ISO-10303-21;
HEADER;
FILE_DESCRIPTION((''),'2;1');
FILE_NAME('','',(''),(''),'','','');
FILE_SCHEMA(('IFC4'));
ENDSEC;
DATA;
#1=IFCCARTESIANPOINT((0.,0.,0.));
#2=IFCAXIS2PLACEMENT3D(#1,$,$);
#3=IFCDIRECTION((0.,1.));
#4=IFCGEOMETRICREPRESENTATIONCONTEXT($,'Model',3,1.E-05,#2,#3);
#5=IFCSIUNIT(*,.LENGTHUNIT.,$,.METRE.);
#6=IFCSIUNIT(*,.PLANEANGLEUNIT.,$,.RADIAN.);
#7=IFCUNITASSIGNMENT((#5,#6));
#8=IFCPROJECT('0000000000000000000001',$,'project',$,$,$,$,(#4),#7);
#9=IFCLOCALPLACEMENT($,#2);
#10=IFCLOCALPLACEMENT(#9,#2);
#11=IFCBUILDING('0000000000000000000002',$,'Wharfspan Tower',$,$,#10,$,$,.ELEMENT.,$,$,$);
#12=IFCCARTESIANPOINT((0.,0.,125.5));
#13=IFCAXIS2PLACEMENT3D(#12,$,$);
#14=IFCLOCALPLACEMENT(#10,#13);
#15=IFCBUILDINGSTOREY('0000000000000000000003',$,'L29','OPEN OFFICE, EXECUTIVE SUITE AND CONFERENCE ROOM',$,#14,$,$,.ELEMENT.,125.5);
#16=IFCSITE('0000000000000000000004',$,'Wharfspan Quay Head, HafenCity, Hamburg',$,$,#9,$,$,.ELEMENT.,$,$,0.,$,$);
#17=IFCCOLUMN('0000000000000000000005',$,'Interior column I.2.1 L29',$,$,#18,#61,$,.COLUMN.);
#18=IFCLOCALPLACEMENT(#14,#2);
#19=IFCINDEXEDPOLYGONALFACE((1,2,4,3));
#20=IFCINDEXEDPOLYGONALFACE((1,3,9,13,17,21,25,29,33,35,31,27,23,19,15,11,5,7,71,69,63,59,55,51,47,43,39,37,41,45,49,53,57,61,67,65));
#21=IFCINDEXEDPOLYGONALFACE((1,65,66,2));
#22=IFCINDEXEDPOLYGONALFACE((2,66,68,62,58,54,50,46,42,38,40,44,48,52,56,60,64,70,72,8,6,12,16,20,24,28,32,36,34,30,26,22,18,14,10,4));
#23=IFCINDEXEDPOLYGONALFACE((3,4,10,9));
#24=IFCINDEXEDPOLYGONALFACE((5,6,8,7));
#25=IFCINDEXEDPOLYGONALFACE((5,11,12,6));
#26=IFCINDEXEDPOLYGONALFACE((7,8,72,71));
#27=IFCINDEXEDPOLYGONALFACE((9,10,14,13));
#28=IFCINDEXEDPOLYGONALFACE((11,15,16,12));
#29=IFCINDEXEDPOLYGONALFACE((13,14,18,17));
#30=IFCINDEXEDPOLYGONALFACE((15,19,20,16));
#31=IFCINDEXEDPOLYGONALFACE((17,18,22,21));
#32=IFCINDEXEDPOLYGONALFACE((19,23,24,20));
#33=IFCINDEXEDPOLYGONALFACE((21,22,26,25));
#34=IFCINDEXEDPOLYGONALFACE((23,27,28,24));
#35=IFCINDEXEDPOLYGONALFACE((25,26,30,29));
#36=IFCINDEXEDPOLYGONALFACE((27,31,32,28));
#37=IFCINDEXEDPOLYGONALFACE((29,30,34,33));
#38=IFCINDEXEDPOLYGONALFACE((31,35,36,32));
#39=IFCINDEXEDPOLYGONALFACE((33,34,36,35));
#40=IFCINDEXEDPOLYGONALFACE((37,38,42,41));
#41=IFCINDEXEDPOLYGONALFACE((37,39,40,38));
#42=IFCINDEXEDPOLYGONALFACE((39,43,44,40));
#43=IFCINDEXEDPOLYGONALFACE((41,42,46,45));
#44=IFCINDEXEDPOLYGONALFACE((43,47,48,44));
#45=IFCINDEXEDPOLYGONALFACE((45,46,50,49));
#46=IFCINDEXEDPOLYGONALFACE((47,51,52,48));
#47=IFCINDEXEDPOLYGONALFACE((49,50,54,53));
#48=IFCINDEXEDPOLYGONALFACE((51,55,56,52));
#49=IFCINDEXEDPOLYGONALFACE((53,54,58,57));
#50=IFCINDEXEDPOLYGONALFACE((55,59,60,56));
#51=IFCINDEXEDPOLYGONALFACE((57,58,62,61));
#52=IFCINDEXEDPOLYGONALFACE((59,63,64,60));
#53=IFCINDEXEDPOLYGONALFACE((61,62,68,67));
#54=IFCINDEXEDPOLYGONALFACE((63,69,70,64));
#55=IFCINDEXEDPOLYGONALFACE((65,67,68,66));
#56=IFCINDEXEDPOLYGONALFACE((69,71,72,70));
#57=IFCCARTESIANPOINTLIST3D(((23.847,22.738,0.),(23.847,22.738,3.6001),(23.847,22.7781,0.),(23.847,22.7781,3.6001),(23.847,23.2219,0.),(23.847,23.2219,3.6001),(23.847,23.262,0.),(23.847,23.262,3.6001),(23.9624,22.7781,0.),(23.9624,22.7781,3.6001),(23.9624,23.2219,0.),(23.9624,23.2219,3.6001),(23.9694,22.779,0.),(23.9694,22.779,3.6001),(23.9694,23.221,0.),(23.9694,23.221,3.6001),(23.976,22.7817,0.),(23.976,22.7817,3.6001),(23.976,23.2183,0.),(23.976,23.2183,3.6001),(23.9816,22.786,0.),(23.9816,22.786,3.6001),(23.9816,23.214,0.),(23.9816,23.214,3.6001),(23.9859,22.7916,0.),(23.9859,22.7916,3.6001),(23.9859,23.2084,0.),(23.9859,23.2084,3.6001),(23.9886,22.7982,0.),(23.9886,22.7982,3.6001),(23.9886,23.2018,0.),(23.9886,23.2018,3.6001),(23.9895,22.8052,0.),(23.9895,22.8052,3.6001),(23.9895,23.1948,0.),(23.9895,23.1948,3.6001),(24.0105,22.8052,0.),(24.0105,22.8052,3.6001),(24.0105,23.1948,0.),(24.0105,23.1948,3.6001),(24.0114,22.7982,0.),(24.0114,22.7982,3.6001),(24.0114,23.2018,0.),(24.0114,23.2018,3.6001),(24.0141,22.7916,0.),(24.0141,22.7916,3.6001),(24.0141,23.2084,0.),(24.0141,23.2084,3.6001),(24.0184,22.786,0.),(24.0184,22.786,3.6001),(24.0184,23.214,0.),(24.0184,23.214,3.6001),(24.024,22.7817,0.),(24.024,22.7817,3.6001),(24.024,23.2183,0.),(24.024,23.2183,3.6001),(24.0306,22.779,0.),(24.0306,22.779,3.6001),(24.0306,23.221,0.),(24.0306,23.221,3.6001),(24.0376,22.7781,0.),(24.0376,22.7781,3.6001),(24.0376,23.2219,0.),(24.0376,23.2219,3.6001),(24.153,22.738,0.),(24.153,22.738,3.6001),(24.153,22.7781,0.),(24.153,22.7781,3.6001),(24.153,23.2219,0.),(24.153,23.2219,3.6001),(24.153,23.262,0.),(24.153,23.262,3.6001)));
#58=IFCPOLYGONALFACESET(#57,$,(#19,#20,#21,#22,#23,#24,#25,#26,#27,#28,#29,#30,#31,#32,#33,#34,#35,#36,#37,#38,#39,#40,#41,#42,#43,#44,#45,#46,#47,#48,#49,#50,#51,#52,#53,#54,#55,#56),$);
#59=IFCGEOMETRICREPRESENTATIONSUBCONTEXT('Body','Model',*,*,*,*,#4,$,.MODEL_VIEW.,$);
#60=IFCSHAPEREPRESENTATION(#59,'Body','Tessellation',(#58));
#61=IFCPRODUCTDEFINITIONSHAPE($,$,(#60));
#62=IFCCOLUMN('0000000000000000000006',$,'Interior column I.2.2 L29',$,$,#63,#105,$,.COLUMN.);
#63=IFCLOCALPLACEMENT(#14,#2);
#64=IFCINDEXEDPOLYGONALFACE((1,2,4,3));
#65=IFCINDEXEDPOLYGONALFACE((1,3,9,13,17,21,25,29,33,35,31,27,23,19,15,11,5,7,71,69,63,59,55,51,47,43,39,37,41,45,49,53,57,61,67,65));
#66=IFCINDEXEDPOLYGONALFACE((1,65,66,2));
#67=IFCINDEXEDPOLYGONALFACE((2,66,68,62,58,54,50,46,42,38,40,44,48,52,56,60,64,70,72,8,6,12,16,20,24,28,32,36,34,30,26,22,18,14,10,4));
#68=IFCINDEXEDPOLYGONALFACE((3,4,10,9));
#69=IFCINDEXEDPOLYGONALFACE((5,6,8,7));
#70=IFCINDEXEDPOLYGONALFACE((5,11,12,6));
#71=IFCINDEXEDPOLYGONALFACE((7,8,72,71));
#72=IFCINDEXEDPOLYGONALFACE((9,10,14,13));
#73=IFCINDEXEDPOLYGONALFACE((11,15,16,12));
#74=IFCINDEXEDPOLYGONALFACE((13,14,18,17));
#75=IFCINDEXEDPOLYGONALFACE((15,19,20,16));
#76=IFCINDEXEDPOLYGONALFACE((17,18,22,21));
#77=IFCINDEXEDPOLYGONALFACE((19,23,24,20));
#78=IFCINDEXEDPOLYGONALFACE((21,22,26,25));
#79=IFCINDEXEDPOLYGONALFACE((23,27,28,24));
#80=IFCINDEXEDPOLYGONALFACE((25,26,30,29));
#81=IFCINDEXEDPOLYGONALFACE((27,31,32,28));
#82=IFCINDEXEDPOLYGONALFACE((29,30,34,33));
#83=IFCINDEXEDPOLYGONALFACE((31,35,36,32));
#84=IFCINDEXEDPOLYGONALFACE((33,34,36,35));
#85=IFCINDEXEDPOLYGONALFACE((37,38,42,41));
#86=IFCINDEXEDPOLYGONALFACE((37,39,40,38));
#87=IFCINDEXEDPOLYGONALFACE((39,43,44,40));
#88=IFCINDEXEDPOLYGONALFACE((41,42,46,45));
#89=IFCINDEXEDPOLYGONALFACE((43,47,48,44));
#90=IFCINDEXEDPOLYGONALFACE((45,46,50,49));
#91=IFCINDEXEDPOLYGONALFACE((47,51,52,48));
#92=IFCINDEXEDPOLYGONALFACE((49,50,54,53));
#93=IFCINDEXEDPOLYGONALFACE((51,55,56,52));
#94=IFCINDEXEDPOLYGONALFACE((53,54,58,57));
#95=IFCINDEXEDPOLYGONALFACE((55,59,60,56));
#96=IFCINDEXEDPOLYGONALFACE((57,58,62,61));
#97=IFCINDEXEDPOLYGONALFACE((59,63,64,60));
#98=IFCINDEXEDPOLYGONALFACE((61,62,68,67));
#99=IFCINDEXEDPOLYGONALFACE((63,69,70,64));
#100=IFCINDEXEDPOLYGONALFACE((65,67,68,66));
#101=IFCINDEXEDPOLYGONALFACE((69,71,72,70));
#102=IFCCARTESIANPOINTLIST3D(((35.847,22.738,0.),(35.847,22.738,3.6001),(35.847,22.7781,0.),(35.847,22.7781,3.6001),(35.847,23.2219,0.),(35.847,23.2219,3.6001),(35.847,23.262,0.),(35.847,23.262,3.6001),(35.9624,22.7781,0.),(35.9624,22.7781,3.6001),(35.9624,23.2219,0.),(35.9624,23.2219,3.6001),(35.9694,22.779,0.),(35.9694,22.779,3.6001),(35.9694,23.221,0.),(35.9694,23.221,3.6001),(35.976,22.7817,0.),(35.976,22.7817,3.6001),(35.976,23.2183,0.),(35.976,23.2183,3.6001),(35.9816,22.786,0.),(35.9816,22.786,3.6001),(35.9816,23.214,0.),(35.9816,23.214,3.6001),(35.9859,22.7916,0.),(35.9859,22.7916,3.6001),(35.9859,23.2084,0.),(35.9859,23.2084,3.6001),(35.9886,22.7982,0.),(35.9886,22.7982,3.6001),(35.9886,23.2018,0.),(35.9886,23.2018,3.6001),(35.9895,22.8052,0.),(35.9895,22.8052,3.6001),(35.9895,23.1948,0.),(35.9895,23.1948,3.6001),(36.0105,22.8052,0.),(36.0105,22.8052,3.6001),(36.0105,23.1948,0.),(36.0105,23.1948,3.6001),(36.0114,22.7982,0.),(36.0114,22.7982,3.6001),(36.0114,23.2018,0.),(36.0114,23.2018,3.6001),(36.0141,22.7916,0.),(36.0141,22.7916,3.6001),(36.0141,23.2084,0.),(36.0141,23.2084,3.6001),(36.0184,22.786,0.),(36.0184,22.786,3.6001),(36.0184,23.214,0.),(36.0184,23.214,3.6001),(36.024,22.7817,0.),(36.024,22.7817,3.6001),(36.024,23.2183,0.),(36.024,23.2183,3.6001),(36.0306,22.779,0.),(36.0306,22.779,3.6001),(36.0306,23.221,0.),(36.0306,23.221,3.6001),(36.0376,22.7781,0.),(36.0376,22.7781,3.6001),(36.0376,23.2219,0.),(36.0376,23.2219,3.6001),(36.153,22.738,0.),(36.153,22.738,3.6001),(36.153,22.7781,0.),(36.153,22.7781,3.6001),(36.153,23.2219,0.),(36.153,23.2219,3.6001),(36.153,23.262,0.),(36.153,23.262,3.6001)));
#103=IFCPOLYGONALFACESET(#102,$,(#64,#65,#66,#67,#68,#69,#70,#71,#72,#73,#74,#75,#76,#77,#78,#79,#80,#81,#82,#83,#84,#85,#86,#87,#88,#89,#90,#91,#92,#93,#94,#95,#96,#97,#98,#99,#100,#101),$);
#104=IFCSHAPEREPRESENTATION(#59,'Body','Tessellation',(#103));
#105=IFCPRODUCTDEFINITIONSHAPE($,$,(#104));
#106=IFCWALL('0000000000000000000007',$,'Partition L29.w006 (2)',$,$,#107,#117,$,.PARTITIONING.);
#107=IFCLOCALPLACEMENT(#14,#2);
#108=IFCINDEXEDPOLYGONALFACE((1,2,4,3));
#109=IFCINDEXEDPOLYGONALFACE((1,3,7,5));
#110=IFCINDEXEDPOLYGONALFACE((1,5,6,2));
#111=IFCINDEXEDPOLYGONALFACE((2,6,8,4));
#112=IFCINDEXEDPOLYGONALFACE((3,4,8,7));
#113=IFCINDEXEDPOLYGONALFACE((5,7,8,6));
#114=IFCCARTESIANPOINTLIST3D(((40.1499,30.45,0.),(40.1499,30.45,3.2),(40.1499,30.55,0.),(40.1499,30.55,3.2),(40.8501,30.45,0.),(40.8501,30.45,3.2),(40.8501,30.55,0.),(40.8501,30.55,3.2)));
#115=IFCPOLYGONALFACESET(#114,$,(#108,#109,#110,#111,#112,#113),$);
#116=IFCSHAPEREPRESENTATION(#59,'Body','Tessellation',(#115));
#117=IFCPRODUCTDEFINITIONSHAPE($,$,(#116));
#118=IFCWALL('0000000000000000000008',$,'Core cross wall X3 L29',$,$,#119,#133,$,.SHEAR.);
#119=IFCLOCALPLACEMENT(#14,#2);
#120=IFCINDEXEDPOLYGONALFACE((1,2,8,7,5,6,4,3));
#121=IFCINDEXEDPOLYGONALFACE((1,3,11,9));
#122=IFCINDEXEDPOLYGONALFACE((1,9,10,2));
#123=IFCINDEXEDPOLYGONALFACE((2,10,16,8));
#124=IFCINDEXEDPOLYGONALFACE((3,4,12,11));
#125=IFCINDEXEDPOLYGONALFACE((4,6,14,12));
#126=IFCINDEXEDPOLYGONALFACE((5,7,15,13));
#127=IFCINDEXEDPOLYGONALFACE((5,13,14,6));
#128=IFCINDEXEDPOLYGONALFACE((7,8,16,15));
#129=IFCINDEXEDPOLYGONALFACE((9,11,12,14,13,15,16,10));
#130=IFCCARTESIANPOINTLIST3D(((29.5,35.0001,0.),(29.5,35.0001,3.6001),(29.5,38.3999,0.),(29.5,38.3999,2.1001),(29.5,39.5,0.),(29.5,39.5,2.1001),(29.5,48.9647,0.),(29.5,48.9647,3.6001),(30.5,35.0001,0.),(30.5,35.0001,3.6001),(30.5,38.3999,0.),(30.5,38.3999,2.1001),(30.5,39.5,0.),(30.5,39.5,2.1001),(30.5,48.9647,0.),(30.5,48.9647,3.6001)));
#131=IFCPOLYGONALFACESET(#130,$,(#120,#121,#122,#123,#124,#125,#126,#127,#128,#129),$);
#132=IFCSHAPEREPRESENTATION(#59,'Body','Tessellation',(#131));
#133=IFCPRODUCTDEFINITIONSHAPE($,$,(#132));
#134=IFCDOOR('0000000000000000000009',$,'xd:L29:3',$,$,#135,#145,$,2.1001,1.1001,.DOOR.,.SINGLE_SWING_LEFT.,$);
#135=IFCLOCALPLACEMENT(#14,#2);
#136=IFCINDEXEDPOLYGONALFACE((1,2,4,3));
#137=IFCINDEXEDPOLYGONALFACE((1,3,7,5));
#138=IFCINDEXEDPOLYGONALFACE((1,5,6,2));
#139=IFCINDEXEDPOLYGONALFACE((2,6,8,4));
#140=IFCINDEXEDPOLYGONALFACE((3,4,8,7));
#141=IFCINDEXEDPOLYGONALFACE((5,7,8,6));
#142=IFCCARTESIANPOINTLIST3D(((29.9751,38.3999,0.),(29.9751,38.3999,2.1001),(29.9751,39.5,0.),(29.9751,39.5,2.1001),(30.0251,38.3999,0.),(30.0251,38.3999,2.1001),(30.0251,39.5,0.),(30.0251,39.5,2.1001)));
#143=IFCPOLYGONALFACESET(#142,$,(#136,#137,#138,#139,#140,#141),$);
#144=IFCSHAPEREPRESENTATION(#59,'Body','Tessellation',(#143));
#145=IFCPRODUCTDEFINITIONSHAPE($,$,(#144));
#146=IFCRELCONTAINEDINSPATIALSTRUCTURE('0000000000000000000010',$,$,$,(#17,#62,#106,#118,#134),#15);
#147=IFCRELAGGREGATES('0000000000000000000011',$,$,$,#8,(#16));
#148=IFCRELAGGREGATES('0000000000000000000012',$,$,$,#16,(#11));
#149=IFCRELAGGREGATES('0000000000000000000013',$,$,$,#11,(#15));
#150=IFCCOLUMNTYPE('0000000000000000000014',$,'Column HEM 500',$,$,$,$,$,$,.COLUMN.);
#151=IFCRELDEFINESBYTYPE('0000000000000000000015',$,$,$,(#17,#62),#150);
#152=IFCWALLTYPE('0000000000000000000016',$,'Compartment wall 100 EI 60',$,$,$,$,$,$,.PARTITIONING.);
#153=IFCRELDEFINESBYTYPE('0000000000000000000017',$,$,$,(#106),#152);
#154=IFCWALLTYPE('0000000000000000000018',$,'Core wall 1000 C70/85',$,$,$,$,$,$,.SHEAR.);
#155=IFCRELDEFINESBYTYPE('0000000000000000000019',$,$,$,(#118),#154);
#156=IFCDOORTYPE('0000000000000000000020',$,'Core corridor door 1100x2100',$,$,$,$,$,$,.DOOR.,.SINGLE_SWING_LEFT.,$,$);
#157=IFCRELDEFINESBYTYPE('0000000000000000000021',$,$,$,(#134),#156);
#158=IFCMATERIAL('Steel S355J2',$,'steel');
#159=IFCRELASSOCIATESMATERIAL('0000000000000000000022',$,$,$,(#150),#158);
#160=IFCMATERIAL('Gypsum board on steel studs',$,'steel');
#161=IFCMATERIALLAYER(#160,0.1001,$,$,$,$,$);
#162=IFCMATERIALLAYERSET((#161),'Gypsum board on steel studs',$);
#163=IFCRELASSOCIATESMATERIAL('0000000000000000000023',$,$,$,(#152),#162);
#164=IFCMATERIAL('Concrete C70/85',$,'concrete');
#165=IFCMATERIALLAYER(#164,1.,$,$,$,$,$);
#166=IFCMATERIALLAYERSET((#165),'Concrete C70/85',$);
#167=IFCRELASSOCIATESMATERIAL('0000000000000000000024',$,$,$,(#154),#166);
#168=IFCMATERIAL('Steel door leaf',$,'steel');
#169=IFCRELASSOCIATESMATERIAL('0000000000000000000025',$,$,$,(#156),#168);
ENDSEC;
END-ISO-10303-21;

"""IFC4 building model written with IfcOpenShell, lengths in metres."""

from ifc_helpers import new_model, si_unit, direction, frame, frame_2d, origin, origin_2d, place, context, subcontext, project, spatial, rectangle, i_section, extrude, material, layer, layer_set, material_profile, profile_set, type_object, element, fill, save


model = new_model("IFC4")

# Units and contexts
model_context = context("Model", 3, precision=1e-05, world=origin(), true_north=direction((0.0, 1.0)))
body_context = subcontext(model_context, "Body", "Model", "MODEL_VIEW")
ifc_project = project(units=[si_unit("LENGTHUNIT", "METRE"), si_unit("PLANEANGLEUNIT", "RADIAN")], contexts=[model_context])

# Site, building, storey
site_placement = place(None, origin())
site = spatial("IfcSite", under=ifc_project, at=site_placement, Name="Wharfspan Quay Head, HafenCity, Hamburg", CompositionType="ELEMENT", RefElevation=0.0)
building_placement = place(site_placement, origin())
building = spatial("IfcBuilding", under=site, at=building_placement, Name="Wharfspan Tower", CompositionType="ELEMENT")
storey_placement = place(building_placement, frame((0.0, 0.0, 125.5)))
storey = spatial("IfcBuildingStorey", under=building, at=storey_placement, Name="L29", Description="OPEN OFFICE, EXECUTIVE SUITE AND CONFERENCE ROOM", CompositionType="ELEMENT", Elevation=125.5)

# Columns
ifc_material_1 = material(Name="Steel S355J2", Category="steel")
ifc_material_profile = material_profile(ifc_material_1, i_section(OverallWidth=0.3059, OverallDepth=0.5239, WebThickness=0.021, FlangeThickness=0.04, FilletRadius=0.0271, at=origin_2d()))
ifc_profile_set = profile_set([ifc_material_profile], Name="Steel S355J2")
column_type = type_object("IfcColumnType", Name="Column HEM 500", PredefinedType="COLUMN", material=ifc_profile_set)
for number, where, z_axis, x_axis, name in (
    (1, (24.0, 23.0, 0.0), (0.0, 0.0, 1.0), (1.0, 0.0, 0.0), "Interior column I.2.1 L29"),
    (2, (36.0, 23.0, 0.0), (0.0, 0.0, 1.0), (1.0, 0.0, 0.0), "Interior column I.2.2 L29"),
):
    element("IfcColumn", number, at=place(storey_placement, frame(where, z_axis=z_axis, x_axis=x_axis)), inside=storey, type_object=column_type, Name=name, PredefinedType="COLUMN", context=body_context, shape_type="SweptSolid", body=[
        extrude(i_section(OverallWidth=0.3059, OverallDepth=0.5239, WebThickness=0.021, FlangeThickness=0.04, FilletRadius=0.0271, at=origin_2d()), origin(), (0.0, 0.0, 1.0), 3.6001),
    ])

# Wall
ifc_material_2 = material(Name="Gypsum board on steel studs", Category="steel")
ifc_layer_1 = layer(ifc_material_2, 0.1001)
ifc_layer_set_1 = layer_set([ifc_layer_1], Name="Gypsum board on steel studs")
wall_type_1 = type_object("IfcWallType", Name="Compartment wall 100 EI 60", PredefinedType="PARTITIONING", material=ifc_layer_set_1)
wall_1_placement = place(storey_placement, frame((40.1499, 30.5, 0.0), z_axis=(0.0, 0.0, 1.0), x_axis=(1.0, 0.0, 0.0)))
element("IfcWall", 3, at=wall_1_placement, inside=storey, type_object=wall_type_1, Name="Partition L29.w006 (2)", PredefinedType="PARTITIONING", context=body_context, shape_type="SweptSolid", body=[
    extrude(rectangle(XDim=0.7002, YDim=0.1001, at=frame_2d((0.3501, 0.0))), origin(), (0.0, 0.0, 1.0), 3.2),
])

# Wall, opening, door
ifc_material_3 = material(Name="Concrete C70/85", Category="concrete")
ifc_layer_2 = layer(ifc_material_3, 1.0)
ifc_layer_set_2 = layer_set([ifc_layer_2], Name="Concrete C70/85")
wall_type_2 = type_object("IfcWallType", Name="Core wall 1000 C70/85", PredefinedType="SHEAR", material=ifc_layer_set_2)
wall_2_placement = place(storey_placement, frame((30.0, 35.0, 0.0), z_axis=(0.0, 0.0, 1.0), x_axis=(0.0, 1.0, 0.0)))
wall_2 = element("IfcWall", 4, at=wall_2_placement, inside=storey, type_object=wall_type_2, Name="Core cross wall X3 L29", PredefinedType="SHEAR", context=body_context, shape_type="SweptSolid", body=[
    extrude(rectangle(XDim=13.9646, YDim=1.0, at=frame_2d((6.9824, 0.0))), origin(), (0.0, 0.0, 1.0), 3.6001),
])
opening_1_placement = place(wall_2_placement, frame((3.3999, 0.0, 0.0)))
opening_1 = element("IfcOpeningElement", 5, at=opening_1_placement, cuts=wall_2, PredefinedType="OPENING", context=body_context, shape_type="SweptSolid", body=[
    extrude(rectangle(XDim=1.1001, YDim=2.1001, at=frame_2d((0.55, 1.05))), frame((0.0, 0.51, 0.0), z_axis=(0.0, -1.0, 0.0), x_axis=(1.0, 0.0, 0.0)), (0.0, 0.0, 1.0), 1.02),
])
ifc_material_4 = material(Name="Steel door leaf", Category="steel")
door_type_1 = type_object("IfcDoorType", Name="Core corridor door 1100x2100", OperationType="SINGLE_SWING_LEFT", PredefinedType="DOOR", material=ifc_material_4)
door_1_placement = place(opening_1_placement, origin())
door_1 = element("IfcDoor", 6, at=door_1_placement, inside=storey, type_object=door_type_1, Name="xd:L29:3", OperationType="SINGLE_SWING_LEFT", OverallHeight=2.1001, OverallWidth=1.1001, PredefinedType="DOOR", context=body_context, shape_type="SweptSolid", body=[
    extrude(rectangle(XDim=1.1001, YDim=2.1001, at=frame_2d((0.55, 1.05))), frame((0.0, 0.0249, 0.0), z_axis=(0.0, -1.0, 0.0), x_axis=(1.0, 0.0, 0.0)), (0.0, 0.0, 1.0), 0.05),
])
fill(opening_1, door_1)

save(model, "model.ifc")
